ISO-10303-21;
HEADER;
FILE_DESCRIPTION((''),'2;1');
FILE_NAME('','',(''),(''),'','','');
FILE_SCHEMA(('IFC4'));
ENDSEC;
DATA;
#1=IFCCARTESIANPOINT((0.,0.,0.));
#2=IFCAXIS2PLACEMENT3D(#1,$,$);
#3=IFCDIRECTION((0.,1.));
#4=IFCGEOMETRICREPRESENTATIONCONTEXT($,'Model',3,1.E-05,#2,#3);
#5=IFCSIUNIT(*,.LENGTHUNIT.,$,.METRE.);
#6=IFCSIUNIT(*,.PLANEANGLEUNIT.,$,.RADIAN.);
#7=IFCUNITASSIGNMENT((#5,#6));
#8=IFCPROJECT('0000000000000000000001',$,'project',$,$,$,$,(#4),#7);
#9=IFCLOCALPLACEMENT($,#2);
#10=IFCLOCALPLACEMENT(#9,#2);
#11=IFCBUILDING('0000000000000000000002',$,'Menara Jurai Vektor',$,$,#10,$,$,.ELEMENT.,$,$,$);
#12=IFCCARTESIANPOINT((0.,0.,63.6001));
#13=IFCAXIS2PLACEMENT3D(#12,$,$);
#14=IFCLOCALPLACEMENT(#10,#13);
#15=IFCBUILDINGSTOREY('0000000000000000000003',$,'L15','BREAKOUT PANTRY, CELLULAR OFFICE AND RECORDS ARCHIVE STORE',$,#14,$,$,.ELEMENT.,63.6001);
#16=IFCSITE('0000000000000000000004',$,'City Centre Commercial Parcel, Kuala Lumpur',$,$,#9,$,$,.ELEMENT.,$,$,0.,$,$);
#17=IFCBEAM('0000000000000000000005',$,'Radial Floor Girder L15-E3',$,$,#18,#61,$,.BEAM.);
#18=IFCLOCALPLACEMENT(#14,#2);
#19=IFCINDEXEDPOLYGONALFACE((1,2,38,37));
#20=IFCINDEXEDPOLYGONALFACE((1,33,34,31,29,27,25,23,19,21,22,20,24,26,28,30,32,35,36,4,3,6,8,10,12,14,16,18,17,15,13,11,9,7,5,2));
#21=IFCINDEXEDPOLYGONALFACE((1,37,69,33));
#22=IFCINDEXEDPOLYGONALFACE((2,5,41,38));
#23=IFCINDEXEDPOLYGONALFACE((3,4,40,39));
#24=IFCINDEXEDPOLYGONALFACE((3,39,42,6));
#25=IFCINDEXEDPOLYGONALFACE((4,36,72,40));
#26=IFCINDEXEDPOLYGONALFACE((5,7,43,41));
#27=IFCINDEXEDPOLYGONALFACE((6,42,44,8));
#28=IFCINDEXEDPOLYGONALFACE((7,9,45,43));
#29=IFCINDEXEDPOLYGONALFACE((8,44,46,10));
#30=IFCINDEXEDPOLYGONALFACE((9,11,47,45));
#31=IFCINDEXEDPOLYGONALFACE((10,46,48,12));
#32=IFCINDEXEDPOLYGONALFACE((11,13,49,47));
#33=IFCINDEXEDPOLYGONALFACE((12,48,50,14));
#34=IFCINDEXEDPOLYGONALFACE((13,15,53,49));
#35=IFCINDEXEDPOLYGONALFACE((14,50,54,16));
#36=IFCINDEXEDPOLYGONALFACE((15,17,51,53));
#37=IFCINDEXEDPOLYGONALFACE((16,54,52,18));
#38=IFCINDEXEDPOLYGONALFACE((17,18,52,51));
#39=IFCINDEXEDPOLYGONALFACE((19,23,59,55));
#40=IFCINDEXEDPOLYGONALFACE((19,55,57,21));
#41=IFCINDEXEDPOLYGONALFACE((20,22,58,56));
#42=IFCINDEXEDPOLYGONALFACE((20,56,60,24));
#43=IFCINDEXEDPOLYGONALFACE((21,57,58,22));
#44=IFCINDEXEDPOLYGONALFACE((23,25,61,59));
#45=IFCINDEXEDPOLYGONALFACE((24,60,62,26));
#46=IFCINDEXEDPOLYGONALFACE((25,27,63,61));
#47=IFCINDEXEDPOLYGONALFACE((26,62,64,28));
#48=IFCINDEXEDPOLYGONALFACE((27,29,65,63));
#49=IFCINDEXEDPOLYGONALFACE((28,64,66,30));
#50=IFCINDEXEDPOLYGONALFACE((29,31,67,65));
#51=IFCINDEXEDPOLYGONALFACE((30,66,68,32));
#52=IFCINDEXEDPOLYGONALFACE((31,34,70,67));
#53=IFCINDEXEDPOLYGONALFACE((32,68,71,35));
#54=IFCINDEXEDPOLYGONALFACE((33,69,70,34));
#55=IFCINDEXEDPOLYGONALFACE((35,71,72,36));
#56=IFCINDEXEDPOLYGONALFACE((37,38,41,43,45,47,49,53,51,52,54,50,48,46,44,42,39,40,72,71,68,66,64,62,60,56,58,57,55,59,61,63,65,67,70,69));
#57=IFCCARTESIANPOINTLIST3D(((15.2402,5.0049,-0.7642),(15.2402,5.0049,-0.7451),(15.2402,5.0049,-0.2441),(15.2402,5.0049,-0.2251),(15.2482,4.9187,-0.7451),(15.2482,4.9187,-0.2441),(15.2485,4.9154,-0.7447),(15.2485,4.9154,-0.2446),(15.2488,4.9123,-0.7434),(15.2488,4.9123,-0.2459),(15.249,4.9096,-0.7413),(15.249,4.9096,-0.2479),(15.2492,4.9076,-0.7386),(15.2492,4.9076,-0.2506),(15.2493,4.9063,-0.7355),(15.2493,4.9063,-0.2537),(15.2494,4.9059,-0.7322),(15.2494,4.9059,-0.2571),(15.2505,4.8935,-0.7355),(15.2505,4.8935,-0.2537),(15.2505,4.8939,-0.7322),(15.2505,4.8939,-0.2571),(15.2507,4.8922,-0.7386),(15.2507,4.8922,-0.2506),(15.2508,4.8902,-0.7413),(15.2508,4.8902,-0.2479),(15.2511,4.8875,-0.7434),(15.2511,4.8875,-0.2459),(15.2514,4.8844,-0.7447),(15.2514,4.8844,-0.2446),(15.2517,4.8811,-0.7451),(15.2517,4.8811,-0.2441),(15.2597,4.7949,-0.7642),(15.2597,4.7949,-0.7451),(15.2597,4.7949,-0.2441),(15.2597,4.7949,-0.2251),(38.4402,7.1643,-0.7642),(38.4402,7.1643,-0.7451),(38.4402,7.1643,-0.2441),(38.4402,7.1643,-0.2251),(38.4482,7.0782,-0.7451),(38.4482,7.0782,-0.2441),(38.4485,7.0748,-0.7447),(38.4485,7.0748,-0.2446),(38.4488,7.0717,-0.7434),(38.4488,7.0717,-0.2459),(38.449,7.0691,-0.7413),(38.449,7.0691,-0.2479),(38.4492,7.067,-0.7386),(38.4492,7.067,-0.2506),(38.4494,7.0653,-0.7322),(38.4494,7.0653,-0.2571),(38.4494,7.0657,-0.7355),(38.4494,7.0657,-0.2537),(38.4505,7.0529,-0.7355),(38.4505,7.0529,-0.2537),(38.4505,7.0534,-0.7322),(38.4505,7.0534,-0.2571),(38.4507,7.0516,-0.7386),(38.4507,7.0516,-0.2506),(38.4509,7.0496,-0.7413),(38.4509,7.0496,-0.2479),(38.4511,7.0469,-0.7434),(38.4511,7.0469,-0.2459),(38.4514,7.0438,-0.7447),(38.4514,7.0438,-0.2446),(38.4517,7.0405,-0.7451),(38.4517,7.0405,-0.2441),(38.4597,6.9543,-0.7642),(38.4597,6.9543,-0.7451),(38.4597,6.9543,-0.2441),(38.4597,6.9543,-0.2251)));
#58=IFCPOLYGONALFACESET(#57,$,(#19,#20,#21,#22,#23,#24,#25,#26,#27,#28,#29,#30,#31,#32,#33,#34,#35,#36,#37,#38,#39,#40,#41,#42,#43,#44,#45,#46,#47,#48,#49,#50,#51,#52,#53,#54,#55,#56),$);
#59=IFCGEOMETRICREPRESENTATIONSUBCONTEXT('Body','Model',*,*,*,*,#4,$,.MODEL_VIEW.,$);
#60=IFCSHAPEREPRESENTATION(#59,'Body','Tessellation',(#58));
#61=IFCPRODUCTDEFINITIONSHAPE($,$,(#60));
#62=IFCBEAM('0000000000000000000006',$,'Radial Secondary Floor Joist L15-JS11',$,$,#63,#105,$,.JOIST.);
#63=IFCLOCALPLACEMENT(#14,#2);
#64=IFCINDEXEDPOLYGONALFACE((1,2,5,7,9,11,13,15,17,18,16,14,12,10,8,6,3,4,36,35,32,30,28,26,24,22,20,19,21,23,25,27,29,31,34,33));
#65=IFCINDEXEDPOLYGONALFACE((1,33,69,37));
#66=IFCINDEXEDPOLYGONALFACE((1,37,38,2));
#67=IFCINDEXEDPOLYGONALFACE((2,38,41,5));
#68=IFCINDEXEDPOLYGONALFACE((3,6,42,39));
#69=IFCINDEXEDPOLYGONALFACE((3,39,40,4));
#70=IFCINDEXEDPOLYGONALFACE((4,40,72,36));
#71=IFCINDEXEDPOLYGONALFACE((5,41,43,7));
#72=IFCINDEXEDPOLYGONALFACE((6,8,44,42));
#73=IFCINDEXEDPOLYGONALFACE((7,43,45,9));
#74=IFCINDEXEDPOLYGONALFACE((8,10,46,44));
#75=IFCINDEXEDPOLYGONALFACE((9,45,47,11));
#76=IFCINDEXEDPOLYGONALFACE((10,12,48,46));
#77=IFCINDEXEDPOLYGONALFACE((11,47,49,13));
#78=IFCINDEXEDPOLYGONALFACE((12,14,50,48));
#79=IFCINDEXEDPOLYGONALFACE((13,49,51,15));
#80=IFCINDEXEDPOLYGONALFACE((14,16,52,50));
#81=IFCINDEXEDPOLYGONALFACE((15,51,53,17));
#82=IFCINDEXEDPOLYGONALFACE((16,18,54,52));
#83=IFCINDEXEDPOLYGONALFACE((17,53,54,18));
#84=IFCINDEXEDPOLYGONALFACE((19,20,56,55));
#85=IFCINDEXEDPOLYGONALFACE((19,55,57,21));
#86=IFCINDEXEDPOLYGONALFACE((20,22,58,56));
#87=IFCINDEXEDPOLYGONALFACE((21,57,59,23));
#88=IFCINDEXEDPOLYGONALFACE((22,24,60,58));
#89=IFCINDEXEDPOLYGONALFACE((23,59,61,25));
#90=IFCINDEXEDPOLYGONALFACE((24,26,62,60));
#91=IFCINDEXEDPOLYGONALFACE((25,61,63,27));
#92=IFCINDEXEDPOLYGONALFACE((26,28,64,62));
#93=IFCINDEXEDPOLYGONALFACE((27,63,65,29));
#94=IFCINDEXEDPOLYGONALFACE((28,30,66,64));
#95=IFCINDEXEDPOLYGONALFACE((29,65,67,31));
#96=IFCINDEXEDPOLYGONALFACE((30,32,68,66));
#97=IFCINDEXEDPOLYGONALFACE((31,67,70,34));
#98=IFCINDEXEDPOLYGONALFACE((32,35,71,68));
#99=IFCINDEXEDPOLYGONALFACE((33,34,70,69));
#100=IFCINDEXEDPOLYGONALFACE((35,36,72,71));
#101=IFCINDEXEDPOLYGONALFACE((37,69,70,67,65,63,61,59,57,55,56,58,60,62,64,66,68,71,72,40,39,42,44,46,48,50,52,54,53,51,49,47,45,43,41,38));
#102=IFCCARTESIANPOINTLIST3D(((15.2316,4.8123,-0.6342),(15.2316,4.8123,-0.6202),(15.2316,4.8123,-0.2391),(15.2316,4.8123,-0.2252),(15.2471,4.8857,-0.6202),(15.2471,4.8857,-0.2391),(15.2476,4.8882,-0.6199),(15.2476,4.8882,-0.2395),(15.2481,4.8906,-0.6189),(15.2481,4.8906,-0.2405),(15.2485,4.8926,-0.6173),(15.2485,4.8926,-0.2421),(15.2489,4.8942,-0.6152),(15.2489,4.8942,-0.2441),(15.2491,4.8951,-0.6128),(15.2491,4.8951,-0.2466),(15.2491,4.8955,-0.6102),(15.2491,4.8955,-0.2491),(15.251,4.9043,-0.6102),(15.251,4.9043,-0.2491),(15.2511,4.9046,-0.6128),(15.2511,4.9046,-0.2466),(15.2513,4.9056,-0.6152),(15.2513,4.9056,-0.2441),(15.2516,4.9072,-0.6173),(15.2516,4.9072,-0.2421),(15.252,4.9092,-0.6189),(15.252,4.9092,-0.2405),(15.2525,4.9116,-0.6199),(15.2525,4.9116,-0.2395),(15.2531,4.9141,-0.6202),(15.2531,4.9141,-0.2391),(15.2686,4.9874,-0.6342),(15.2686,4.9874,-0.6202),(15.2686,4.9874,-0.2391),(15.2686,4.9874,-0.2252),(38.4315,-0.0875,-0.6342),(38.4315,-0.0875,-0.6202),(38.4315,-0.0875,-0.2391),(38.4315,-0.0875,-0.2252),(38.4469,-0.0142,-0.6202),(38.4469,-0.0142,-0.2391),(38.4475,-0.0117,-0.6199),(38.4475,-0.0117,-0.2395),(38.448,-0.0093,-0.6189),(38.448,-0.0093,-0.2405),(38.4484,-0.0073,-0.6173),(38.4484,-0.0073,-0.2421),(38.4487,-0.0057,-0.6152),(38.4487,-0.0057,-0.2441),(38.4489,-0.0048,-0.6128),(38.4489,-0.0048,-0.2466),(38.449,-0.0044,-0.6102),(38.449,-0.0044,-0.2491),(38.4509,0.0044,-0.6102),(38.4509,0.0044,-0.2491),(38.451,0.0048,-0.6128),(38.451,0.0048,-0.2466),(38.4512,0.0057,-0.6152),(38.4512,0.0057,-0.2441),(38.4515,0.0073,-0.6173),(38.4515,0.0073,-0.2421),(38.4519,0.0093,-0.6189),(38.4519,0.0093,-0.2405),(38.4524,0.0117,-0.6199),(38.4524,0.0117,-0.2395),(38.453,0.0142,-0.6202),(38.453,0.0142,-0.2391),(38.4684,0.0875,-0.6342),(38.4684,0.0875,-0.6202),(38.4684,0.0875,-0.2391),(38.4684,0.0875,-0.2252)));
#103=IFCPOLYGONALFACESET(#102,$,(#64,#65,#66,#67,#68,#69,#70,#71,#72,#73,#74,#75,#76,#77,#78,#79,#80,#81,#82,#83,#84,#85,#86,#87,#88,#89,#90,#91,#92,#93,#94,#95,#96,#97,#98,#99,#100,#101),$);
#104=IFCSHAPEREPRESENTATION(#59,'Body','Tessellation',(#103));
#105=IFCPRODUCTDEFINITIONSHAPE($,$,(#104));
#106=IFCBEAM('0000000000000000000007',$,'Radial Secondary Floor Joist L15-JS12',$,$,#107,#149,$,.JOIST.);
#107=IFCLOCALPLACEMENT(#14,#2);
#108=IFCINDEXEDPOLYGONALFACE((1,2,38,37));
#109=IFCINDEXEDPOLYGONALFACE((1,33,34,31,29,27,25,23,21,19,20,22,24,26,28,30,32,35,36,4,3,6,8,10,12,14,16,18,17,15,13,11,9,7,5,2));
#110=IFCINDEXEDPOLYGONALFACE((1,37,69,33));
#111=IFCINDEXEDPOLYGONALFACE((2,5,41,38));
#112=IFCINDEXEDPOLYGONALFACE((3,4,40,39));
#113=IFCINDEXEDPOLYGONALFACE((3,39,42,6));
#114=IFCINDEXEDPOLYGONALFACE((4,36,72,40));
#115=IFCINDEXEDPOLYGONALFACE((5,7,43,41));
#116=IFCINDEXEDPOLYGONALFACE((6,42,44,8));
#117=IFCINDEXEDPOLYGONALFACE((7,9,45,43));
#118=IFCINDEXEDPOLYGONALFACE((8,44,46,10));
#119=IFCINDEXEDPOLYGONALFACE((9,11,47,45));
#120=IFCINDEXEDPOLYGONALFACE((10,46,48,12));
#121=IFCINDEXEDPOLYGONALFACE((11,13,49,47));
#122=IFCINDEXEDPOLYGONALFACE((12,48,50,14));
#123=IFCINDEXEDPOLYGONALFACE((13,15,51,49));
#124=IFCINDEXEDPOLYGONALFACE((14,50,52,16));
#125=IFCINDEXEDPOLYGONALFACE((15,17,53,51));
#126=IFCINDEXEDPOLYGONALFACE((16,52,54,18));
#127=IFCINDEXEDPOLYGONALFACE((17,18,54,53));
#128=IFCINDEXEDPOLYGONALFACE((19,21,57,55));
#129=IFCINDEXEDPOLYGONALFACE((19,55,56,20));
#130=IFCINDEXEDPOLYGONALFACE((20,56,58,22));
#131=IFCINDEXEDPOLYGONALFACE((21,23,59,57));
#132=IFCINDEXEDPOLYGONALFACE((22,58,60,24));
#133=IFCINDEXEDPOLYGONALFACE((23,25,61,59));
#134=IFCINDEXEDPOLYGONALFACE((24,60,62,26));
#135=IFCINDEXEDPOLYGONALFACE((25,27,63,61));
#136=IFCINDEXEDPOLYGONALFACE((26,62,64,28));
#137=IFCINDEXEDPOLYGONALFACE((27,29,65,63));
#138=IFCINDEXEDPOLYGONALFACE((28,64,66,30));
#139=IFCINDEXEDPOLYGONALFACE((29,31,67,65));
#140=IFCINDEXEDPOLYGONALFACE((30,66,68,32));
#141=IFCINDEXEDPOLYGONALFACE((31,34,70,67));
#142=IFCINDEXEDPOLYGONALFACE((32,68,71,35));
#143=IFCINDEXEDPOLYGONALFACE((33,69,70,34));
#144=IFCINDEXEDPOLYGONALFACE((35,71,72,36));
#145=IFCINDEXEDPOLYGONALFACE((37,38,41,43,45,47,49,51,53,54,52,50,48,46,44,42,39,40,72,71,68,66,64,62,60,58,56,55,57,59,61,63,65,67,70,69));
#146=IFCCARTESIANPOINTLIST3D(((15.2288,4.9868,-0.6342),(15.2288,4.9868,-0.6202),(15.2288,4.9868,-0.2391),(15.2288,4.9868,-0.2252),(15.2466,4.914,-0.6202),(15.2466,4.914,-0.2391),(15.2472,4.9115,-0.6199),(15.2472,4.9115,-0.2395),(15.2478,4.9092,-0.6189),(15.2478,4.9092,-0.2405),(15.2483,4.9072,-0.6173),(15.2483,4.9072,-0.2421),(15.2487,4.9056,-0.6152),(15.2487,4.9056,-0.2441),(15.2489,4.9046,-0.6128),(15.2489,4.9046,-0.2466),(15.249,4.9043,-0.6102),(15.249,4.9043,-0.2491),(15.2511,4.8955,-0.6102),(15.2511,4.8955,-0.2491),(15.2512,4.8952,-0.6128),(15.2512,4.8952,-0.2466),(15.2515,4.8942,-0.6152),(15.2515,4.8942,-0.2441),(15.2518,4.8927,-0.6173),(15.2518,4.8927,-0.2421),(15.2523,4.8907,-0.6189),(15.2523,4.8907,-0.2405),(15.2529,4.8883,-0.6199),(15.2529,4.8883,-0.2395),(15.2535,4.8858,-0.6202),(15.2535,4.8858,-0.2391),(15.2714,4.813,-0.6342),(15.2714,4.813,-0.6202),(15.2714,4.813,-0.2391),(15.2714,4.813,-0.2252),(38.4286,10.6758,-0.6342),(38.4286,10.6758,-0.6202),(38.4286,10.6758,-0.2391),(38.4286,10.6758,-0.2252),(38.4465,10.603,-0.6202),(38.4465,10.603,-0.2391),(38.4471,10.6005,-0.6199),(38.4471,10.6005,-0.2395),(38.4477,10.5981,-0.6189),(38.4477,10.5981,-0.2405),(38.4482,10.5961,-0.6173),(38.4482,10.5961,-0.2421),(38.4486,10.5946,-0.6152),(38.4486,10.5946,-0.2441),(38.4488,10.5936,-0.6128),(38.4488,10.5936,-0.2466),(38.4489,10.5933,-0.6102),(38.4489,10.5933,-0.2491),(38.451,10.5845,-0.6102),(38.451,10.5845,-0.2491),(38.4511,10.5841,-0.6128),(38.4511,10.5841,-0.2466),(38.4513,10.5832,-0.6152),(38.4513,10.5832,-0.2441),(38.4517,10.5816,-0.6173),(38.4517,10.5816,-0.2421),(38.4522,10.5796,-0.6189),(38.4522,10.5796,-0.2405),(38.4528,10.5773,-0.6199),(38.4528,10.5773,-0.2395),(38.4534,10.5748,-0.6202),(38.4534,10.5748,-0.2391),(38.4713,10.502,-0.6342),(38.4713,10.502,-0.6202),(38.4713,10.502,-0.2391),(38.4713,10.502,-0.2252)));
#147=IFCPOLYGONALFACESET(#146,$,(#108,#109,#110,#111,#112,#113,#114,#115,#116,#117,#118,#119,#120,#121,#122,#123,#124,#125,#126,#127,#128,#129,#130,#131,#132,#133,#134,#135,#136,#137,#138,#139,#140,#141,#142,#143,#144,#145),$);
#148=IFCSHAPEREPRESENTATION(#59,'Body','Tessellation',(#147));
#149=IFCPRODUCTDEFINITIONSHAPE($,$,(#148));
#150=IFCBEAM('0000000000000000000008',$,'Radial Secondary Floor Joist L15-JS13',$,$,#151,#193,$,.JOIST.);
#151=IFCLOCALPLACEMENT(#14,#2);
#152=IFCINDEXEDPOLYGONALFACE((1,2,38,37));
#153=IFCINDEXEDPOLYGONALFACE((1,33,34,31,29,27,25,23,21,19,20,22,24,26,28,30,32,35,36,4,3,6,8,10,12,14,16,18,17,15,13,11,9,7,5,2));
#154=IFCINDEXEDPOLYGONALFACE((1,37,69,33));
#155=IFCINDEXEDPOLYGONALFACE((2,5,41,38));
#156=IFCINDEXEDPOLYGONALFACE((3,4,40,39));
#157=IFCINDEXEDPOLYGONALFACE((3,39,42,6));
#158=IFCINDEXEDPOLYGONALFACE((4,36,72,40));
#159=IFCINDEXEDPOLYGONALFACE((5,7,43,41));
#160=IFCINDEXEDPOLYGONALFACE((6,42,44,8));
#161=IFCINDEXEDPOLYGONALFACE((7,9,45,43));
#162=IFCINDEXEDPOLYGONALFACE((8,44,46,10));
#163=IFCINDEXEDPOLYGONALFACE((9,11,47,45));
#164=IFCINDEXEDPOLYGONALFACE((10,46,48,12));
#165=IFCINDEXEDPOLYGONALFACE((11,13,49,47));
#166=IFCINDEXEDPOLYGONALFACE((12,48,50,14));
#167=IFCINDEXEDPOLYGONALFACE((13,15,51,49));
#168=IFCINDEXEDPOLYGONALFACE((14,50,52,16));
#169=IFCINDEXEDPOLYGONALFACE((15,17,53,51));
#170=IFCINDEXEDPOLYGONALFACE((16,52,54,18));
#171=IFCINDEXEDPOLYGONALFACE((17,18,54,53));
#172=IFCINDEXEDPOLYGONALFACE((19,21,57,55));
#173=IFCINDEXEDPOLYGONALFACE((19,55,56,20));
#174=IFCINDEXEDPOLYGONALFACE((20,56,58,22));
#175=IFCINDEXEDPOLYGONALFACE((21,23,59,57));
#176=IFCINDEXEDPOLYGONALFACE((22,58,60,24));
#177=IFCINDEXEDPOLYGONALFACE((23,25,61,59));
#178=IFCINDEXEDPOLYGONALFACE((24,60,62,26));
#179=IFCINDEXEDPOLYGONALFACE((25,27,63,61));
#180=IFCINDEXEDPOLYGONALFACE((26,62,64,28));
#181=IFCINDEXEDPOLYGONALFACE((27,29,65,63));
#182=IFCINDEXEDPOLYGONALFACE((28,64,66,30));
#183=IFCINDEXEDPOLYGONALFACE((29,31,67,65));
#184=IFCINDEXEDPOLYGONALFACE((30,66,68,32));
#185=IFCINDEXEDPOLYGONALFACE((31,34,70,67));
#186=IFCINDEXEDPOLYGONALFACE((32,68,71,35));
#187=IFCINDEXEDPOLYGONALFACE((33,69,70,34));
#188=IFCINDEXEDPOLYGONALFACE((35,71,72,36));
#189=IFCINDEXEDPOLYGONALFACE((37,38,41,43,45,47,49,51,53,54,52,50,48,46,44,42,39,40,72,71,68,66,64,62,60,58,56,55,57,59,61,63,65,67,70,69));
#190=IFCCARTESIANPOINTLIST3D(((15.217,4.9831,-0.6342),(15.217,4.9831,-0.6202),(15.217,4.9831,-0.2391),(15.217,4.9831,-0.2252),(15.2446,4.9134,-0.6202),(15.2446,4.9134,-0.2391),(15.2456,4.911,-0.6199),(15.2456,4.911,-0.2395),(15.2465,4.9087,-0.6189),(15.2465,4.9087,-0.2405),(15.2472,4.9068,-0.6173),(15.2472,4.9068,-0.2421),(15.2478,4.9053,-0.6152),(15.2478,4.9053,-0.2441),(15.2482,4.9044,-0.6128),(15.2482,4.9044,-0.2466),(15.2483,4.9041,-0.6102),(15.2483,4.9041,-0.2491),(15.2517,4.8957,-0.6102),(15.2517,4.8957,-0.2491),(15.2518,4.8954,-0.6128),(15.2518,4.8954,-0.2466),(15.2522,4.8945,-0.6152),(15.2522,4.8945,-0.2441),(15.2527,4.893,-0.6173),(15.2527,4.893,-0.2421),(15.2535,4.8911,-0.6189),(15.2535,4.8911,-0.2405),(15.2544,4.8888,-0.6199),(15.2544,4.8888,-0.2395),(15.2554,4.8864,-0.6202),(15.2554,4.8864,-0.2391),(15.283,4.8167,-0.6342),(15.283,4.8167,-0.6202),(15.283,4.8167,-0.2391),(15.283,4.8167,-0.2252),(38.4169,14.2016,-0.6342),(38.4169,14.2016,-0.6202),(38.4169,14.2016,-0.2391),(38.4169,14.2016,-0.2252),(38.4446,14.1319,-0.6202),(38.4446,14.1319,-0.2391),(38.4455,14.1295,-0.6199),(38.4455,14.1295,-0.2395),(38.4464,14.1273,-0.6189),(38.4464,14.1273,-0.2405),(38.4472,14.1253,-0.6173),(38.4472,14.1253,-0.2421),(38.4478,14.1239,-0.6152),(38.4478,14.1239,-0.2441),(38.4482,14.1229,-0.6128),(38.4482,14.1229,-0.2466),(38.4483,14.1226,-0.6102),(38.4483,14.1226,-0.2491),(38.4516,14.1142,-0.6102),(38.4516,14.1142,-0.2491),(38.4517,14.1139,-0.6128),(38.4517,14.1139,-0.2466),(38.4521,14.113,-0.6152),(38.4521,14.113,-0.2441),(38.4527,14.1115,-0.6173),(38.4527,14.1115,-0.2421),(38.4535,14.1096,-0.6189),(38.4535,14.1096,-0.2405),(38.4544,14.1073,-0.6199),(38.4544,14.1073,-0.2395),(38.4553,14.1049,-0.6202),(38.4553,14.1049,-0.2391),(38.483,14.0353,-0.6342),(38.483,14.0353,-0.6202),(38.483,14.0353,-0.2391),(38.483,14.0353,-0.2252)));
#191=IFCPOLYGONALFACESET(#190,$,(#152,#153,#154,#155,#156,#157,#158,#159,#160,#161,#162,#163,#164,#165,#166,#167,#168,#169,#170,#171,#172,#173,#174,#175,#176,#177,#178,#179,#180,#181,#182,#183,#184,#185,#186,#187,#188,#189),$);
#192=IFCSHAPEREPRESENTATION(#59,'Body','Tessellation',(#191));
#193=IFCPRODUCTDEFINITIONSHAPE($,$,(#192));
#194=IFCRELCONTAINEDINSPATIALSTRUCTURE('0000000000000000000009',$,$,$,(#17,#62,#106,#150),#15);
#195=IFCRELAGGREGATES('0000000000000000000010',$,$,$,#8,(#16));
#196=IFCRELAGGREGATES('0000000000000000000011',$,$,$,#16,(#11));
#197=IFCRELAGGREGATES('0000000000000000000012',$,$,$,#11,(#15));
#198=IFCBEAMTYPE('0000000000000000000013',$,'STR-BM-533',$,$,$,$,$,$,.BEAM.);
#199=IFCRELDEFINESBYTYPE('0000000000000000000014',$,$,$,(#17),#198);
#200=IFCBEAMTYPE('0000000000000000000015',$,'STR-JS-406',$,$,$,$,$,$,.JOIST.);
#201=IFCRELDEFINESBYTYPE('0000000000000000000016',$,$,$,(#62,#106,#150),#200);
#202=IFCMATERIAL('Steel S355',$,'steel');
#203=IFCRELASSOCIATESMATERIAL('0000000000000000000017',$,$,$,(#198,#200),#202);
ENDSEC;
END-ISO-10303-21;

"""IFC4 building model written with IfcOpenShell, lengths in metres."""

from ifc_helpers import new_model, si_unit, direction, frame, origin, origin_2d, place, context, subcontext, project, spatial, i_section, extrude, material, material_profile, profile_set, type_object, element, save


model = new_model("IFC4")

# Units and contexts
model_context = context("Model", 3, precision=1e-05, world=origin(), true_north=direction((0.0, 1.0)))
body_context = subcontext(model_context, "Body", "Model", "MODEL_VIEW")
ifc_project = project(units=[si_unit("LENGTHUNIT", "METRE"), si_unit("PLANEANGLEUNIT", "RADIAN")], contexts=[model_context])

# Site, building, storey
site_placement = place(None, origin())
site = spatial("IfcSite", under=ifc_project, at=site_placement, Name="City Centre Commercial Parcel, Kuala Lumpur", CompositionType="ELEMENT", RefElevation=0.0)
building_placement = place(site_placement, origin())
building = spatial("IfcBuilding", under=site, at=building_placement, Name="Menara Jurai Vektor", CompositionType="ELEMENT")
storey_placement = place(building_placement, frame((0.0, 0.0, 63.6001)))
storey = spatial("IfcBuildingStorey", under=building, at=storey_placement, Name="L15", Description="BREAKOUT PANTRY, CELLULAR OFFICE AND RECORDS ARCHIVE STORE", CompositionType="ELEMENT", Elevation=63.6001)

# Beams
ifc_material_1 = material(Name="Steel S355", Category="steel")
ifc_material_profile_1 = material_profile(ifc_material_1, i_section(OverallWidth=0.2109, OverallDepth=0.5391, WebThickness=0.012, FlangeThickness=0.019, FilletRadius=0.0129, at=origin_2d()), Name="UKB 533x210x109")
ifc_profile_set_1 = profile_set([ifc_material_profile_1], Name="Steel S355")
beam_type_1 = type_object("IfcBeamType", Name="STR-BM-533", PredefinedType="BEAM", material=ifc_profile_set_1)
beam_1_placement = place(storey_placement, frame((38.45, 7.0593, -0.4946), z_axis=(-0.995696, -0.092678, 0.0), x_axis=(0.092678, -0.995696, 0.0)))
element("IfcBeam", 1, at=beam_1_placement, inside=storey, type_object=beam_type_1, Name="Radial Floor Girder L15-E3", PredefinedType="BEAM", context=body_context, shape_type="SweptSolid", body=[
    extrude(i_section(OverallWidth=0.2109, OverallDepth=0.5391, WebThickness=0.012, FlangeThickness=0.019, FilletRadius=0.0129, at=origin_2d()), origin(), (0.0, 0.0, 1.0), 23.3003),
])
ifc_material_profile_2 = material_profile(ifc_material_1, i_section(OverallWidth=0.179, OverallDepth=0.4089, WebThickness=0.009, FlangeThickness=0.0139, FilletRadius=0.01, at=origin_2d()), Name="UKB 406x178x67")
ifc_profile_set_2 = profile_set([ifc_material_profile_2], Name="Steel S355")
beam_type_2 = type_object("IfcBeamType", Name="STR-JS-406", PredefinedType="JOIST", material=ifc_profile_set_2)
beam_2_placement = place(storey_placement, frame((38.45, 0.0, -0.4297), z_axis=(-0.978416, 0.206645, 0.0), x_axis=(-0.206645, -0.978416, 0.0)))
element("IfcBeam", 2, at=beam_2_placement, inside=storey, type_object=beam_type_2, Name="Radial Secondary Floor Joist L15-JS11", PredefinedType="JOIST", context=body_context, shape_type="SweptSolid", body=[
    extrude(i_section(OverallWidth=0.179, OverallDepth=0.4089, WebThickness=0.009, FlangeThickness=0.0139, FilletRadius=0.01, at=origin_2d()), origin(), (0.0, 0.0, 1.0), 23.7117),
])
beam_3_placement = place(storey_placement, frame((38.45, 10.5889, -0.4297), z_axis=(-0.971226, -0.238159, 0.0), x_axis=(0.238159, -0.971226, 0.0)))
element("IfcBeam", 3, at=beam_3_placement, inside=storey, type_object=beam_type_2, Name="Radial Secondary Floor Joist L15-JS12", PredefinedType="JOIST", context=body_context, shape_type="SweptSolid", body=[
    extrude(i_section(OverallWidth=0.179, OverallDepth=0.4089, WebThickness=0.009, FlangeThickness=0.0139, FilletRadius=0.01, at=origin_2d()), origin(), (0.0, 0.0, 1.0), 23.8872),
])
beam_4_placement = place(storey_placement, frame((38.45, 14.1184, -0.4297), z_axis=(-0.929323, -0.369267, 0.0), x_axis=(0.369267, -0.929323, 0.0)))
element("IfcBeam", 4, at=beam_4_placement, inside=storey, type_object=beam_type_2, Name="Radial Secondary Floor Joist L15-JS13", PredefinedType="JOIST", context=body_context, shape_type="SweptSolid", body=[
    extrude(i_section(OverallWidth=0.179, OverallDepth=0.4089, WebThickness=0.009, FlangeThickness=0.0139, FilletRadius=0.01, at=origin_2d()), origin(), (0.0, 0.0, 1.0), 24.9644),
])

save(model, "model.ifc")
